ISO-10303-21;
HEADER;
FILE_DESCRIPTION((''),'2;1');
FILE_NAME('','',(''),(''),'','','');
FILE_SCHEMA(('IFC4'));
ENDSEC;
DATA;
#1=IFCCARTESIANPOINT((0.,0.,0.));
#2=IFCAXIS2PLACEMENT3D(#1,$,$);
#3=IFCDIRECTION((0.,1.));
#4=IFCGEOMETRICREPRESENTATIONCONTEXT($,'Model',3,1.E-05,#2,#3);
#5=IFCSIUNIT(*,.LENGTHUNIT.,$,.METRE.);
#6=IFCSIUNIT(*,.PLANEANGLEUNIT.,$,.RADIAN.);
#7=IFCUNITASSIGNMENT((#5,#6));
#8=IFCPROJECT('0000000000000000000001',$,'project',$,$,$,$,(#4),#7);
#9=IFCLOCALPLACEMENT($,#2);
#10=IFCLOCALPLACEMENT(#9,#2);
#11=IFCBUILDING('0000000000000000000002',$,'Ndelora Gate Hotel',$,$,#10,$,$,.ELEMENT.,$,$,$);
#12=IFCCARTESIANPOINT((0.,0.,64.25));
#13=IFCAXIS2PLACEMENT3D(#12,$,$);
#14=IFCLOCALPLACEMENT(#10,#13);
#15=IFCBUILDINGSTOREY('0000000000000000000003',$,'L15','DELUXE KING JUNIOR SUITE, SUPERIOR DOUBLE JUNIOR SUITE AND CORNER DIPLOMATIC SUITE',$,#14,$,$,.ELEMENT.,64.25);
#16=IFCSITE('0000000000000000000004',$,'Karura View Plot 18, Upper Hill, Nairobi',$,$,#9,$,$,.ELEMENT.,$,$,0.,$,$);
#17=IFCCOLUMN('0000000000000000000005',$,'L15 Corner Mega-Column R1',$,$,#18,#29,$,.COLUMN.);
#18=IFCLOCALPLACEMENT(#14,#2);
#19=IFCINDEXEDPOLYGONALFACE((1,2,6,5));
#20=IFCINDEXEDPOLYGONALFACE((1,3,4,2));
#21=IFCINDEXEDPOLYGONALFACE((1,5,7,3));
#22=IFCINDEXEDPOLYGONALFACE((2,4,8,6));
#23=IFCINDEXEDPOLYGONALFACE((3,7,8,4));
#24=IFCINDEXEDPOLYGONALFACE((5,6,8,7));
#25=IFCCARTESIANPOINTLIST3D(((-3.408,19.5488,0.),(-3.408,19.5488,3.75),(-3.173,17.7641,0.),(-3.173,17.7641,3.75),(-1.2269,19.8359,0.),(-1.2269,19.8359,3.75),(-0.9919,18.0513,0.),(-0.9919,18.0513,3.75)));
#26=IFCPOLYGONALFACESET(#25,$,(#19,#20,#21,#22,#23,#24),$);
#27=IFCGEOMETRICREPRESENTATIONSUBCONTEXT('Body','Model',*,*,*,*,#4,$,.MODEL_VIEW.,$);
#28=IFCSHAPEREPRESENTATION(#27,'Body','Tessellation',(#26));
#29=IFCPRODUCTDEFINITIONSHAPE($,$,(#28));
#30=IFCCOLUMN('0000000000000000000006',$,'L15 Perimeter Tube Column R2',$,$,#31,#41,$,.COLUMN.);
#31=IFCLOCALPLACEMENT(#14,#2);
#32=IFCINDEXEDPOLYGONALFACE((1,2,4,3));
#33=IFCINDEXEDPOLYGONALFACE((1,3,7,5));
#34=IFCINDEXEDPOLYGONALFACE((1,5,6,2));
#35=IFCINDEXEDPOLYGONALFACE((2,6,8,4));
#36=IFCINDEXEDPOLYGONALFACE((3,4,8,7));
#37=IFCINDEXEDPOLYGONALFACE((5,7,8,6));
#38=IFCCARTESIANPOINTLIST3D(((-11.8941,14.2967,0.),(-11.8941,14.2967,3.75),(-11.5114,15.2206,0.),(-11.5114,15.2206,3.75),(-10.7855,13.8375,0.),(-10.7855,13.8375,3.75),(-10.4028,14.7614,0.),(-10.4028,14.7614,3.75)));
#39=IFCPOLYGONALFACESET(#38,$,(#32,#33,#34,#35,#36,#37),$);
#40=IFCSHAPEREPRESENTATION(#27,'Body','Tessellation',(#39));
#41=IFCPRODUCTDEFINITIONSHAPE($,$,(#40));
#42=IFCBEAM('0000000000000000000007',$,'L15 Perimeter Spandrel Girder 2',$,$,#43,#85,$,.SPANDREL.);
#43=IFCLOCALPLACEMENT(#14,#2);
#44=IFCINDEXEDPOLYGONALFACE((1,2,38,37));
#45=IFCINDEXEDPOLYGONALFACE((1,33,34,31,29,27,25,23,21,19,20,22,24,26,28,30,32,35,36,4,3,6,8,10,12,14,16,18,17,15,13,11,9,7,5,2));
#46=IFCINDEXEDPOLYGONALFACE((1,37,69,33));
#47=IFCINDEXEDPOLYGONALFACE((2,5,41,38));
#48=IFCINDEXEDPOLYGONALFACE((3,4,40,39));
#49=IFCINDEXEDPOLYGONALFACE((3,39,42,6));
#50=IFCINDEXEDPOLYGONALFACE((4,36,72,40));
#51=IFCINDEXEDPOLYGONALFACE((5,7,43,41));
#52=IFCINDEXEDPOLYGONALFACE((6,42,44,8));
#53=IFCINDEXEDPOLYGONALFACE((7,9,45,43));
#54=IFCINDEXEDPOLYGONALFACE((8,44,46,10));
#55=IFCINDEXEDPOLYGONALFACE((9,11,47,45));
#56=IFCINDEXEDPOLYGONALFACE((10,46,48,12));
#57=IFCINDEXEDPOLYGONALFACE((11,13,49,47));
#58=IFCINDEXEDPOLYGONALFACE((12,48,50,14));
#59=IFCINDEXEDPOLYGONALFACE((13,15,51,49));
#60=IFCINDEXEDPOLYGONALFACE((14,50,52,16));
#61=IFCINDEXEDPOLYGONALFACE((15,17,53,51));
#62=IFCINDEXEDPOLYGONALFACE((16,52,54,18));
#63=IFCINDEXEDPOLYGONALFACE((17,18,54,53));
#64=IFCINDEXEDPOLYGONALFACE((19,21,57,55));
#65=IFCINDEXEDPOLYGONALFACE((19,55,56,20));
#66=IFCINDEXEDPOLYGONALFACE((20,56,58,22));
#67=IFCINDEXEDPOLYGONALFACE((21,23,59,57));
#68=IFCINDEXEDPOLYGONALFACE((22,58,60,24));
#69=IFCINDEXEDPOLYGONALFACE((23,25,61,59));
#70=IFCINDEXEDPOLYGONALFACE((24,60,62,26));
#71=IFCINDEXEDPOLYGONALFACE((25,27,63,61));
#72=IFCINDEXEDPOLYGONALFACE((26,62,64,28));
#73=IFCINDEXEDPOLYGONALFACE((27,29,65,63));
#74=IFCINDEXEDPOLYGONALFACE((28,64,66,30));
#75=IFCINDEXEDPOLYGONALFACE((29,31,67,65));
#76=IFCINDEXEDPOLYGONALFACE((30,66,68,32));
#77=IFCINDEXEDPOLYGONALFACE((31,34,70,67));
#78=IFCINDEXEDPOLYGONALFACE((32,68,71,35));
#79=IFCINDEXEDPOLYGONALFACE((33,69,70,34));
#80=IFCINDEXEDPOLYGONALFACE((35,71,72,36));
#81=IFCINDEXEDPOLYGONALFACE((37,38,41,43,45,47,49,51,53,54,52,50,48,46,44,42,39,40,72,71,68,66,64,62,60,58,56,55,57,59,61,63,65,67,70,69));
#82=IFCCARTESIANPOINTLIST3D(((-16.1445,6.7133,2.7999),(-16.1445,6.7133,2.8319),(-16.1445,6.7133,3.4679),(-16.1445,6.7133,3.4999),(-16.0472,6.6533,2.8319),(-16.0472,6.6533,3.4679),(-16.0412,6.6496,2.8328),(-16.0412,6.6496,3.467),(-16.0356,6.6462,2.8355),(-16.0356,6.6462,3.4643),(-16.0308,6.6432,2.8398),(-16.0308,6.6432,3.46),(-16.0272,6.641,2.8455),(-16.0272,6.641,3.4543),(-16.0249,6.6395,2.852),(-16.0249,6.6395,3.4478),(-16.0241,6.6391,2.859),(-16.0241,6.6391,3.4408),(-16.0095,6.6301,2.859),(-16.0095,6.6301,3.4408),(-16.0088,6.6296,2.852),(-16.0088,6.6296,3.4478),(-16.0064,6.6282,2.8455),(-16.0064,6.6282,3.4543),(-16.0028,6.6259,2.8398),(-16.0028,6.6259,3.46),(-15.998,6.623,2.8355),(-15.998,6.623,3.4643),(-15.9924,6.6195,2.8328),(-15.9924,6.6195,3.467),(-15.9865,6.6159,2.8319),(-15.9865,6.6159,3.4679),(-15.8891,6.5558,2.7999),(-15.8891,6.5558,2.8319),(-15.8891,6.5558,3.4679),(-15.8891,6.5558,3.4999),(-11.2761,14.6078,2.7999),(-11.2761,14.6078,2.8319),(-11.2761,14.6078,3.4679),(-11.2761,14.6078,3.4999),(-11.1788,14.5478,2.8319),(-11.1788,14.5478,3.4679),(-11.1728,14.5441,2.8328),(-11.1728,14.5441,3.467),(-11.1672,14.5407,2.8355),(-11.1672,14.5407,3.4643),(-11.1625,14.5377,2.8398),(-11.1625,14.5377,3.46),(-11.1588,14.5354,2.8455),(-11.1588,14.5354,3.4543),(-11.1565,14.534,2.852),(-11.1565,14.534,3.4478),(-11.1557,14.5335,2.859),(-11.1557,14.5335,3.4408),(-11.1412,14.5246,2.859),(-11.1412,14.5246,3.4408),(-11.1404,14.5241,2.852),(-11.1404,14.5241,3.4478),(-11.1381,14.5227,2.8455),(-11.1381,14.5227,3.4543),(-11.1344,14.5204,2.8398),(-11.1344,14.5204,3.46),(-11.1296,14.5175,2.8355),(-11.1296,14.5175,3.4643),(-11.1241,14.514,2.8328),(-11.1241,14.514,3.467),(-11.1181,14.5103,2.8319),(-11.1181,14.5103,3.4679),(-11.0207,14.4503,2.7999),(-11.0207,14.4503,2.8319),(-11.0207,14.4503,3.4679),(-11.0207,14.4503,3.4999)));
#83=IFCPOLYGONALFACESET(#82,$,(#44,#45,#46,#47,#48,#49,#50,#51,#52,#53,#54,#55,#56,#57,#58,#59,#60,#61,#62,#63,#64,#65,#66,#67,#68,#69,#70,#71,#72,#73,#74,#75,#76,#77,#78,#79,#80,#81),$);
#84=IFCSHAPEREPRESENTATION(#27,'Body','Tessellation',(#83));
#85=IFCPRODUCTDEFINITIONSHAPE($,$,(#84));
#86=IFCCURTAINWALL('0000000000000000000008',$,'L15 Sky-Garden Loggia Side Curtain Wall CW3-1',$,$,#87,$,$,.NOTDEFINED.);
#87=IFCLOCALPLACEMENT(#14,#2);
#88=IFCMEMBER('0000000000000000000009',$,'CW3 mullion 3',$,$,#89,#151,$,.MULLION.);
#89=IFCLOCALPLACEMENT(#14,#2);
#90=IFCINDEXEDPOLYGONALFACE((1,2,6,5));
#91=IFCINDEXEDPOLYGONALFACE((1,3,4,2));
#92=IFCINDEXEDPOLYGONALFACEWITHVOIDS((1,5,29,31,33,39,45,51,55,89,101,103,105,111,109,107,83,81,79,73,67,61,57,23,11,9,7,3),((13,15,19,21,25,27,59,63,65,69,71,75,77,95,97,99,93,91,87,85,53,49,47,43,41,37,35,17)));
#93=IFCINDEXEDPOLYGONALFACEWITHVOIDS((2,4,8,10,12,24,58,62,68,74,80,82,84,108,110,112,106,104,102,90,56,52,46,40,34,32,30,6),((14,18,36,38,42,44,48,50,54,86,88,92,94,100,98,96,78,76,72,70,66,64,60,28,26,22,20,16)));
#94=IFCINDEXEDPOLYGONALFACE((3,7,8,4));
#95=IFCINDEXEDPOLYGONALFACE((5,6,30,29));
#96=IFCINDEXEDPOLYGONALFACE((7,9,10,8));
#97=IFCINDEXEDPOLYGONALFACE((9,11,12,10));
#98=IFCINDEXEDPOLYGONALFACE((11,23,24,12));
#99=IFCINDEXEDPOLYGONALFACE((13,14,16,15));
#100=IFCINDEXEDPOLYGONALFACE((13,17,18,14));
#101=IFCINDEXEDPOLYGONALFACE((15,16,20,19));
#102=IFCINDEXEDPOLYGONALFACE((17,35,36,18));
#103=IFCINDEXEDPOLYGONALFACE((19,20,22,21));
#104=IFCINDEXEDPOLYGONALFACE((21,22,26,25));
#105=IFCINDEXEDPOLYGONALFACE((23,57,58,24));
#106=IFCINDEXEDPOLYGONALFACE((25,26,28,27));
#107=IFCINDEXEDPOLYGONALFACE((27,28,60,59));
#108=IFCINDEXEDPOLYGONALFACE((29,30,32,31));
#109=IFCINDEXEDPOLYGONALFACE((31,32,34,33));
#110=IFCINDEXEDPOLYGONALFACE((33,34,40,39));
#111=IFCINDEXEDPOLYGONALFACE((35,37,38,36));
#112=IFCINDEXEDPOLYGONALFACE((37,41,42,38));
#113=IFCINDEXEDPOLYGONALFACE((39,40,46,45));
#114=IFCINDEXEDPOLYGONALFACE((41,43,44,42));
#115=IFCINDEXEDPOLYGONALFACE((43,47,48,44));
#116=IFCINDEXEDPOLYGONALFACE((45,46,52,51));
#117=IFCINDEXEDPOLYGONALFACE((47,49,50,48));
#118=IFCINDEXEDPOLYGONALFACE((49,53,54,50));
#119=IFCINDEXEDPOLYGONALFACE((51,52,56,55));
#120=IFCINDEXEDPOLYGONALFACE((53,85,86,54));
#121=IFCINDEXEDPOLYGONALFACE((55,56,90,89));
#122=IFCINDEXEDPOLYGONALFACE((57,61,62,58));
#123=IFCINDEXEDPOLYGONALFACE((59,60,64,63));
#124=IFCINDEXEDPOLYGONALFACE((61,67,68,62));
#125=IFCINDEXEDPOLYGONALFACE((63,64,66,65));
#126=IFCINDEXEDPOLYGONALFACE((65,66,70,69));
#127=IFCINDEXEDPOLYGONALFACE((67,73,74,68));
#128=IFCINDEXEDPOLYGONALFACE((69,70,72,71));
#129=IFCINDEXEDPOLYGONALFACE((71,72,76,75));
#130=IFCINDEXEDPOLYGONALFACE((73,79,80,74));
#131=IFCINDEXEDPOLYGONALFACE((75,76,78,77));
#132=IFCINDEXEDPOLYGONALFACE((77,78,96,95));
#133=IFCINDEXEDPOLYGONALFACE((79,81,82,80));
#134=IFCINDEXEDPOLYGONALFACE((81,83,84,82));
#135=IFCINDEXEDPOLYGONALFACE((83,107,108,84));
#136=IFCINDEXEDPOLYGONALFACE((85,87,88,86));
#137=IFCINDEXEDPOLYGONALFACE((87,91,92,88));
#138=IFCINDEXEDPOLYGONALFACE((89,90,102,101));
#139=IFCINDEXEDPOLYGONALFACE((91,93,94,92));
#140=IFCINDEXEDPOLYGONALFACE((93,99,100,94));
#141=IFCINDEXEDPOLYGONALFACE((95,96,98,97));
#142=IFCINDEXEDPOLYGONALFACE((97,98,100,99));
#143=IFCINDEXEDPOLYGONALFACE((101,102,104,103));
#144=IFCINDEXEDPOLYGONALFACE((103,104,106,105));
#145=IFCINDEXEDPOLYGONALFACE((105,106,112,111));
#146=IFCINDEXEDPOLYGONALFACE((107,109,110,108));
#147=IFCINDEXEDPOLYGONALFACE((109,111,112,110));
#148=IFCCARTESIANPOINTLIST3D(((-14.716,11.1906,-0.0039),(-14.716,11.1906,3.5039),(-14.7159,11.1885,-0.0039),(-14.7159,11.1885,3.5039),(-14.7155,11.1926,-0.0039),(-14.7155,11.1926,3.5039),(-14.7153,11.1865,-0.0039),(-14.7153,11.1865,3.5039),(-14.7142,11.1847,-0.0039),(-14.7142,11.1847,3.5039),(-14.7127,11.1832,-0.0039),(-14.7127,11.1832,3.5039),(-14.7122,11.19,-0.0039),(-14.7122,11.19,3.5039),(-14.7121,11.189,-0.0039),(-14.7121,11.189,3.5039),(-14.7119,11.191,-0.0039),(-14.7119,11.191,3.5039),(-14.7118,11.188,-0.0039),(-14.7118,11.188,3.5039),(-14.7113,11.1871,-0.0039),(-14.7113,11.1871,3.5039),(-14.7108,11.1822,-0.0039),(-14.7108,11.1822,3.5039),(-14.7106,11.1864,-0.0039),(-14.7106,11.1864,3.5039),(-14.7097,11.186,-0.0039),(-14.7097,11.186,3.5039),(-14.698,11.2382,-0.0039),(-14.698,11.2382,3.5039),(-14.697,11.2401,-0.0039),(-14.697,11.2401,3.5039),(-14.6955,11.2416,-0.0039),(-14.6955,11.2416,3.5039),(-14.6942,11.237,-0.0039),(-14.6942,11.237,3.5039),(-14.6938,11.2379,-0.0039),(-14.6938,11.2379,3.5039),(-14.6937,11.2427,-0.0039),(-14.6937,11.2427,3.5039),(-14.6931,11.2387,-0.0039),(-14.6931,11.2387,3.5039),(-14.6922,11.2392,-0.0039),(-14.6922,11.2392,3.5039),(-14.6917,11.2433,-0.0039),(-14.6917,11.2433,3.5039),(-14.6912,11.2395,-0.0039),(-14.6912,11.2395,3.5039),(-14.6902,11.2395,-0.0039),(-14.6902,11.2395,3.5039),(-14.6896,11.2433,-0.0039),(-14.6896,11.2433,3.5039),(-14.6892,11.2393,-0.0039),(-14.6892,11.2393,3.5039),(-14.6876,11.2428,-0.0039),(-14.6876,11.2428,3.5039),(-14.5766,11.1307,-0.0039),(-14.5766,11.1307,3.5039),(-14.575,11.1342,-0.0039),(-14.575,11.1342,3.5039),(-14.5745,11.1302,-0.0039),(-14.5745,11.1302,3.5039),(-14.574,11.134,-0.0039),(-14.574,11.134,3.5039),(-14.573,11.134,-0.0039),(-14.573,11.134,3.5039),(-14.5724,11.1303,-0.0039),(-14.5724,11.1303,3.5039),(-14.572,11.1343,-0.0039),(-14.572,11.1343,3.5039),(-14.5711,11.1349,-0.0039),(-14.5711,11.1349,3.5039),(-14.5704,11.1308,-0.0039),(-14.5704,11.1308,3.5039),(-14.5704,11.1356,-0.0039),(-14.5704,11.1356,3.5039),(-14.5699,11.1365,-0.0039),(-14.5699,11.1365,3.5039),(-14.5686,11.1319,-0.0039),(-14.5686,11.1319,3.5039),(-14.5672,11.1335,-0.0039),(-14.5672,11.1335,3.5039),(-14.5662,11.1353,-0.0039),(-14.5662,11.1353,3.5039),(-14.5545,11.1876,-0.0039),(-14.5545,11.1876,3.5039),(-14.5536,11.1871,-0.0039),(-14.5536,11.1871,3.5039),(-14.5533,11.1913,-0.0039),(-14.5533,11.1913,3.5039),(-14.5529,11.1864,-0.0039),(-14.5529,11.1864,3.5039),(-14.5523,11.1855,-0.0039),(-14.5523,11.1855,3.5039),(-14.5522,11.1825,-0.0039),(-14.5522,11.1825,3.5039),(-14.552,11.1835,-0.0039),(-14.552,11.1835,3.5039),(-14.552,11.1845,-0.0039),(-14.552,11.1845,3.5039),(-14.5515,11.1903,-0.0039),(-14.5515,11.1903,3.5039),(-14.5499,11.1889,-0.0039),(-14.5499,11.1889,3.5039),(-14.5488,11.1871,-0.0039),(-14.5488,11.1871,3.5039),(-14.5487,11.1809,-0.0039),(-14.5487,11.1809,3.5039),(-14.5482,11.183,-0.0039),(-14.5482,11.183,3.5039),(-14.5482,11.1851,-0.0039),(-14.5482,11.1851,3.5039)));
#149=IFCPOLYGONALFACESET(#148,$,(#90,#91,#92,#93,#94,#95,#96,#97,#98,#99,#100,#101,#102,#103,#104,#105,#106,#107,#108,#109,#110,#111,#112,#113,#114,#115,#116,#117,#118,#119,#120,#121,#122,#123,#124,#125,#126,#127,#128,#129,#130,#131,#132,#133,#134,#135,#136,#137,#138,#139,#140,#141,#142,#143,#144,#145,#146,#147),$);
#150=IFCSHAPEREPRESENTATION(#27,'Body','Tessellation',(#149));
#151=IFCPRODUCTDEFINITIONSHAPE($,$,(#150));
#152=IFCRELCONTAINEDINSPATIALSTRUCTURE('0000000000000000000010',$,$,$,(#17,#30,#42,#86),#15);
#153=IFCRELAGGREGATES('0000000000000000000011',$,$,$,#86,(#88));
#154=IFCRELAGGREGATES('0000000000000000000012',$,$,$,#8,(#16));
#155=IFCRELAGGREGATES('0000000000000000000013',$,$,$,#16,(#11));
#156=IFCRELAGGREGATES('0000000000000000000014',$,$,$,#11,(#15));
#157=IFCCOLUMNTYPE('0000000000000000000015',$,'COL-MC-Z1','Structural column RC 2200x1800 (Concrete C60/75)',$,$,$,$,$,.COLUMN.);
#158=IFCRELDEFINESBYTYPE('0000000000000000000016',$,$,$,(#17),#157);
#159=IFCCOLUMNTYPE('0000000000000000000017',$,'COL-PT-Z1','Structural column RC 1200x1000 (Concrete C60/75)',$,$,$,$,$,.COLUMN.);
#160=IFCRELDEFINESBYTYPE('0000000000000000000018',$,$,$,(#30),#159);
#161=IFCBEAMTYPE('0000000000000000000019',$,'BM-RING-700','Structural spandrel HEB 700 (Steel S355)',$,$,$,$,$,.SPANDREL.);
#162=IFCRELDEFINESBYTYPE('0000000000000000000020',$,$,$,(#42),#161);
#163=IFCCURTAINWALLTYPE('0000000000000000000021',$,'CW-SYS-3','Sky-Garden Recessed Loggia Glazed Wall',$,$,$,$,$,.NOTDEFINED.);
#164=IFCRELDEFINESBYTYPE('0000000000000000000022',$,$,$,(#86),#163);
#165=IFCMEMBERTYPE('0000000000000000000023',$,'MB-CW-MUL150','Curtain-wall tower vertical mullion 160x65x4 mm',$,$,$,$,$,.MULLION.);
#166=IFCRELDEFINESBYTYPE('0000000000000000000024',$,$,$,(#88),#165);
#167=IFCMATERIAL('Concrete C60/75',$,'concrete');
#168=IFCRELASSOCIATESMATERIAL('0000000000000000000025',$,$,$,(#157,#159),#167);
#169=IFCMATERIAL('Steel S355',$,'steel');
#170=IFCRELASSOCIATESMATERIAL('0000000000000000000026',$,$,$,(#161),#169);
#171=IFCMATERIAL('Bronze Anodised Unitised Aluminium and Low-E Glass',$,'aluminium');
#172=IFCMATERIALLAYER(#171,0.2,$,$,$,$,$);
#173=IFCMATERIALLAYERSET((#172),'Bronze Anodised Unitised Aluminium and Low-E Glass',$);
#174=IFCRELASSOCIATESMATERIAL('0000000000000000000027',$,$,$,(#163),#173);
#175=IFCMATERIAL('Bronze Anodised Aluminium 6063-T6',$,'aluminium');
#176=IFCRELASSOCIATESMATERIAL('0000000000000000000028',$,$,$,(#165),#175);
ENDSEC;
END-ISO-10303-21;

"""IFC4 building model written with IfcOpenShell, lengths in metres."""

from ifc_helpers import new_model, si_unit, direction, frame, origin, origin_2d, place, context, subcontext, project, spatial, rectangle, hollow_rectangle, i_section, extrude, material, layer, layer_set, material_profile, profile_set, type_object, element, aggregate, save


model = new_model("IFC4")

# Units and contexts
model_context = context("Model", 3, precision=1e-05, world=origin(), true_north=direction((0.0, 1.0)))
body_context = subcontext(model_context, "Body", "Model", "MODEL_VIEW")
ifc_project = project(units=[si_unit("LENGTHUNIT", "METRE"), si_unit("PLANEANGLEUNIT", "RADIAN")], contexts=[model_context])

# Site, building, storey
site_placement = place(None, origin())
site = spatial("IfcSite", under=ifc_project, at=site_placement, Name="Karura View Plot 18, Upper Hill, Nairobi", CompositionType="ELEMENT", RefElevation=0.0)
building_placement = place(site_placement, origin())
building = spatial("IfcBuilding", under=site, at=building_placement, Name="Ndelora Gate Hotel", CompositionType="ELEMENT")
storey_placement = place(building_placement, frame((0.0, 0.0, 64.25)))
storey = spatial("IfcBuildingStorey", under=building, at=storey_placement, Name="L15", Description="DELUXE KING JUNIOR SUITE, SUPERIOR DOUBLE JUNIOR SUITE AND CORNER DIPLOMATIC SUITE", CompositionType="ELEMENT", Elevation=64.25)

# Columns
ifc_material_1 = material(Name="Concrete C60/75", Category="concrete")
ifc_material_profile_1 = material_profile(ifc_material_1, rectangle(XDim=1.8, YDim=2.2, at=origin_2d()), Name="RC 2200x1800")
ifc_profile_set_1 = profile_set([ifc_material_profile_1], Name="Concrete C60/75")
column_type_1 = type_object("IfcColumnType", Name="COL-MC-Z1", Description="Structural column RC 2200x1800 (Concrete C60/75)", PredefinedType="COLUMN", material=ifc_profile_set_1)
column_1_placement = place(storey_placement, frame((-2.2, 18.8, 0.0), z_axis=(0.0, 0.0, 1.0), x_axis=(-0.130526, 0.991445, 0.0)))
element("IfcColumn", 1, at=column_1_placement, inside=storey, type_object=column_type_1, Name="L15 Corner Mega-Column R1", PredefinedType="COLUMN", context=body_context, shape_type="SweptSolid", body=[
    extrude(rectangle(XDim=1.8, YDim=2.2, at=origin_2d()), origin(), (0.0, 0.0, 1.0), 3.75),
])
ifc_material_profile_2 = material_profile(ifc_material_1, rectangle(XDim=1.0, YDim=1.2, at=origin_2d()), Name="RC 1200x1000")
ifc_profile_set_2 = profile_set([ifc_material_profile_2], Name="Concrete C60/75")
column_type_2 = type_object("IfcColumnType", Name="COL-PT-Z1", Description="Structural column RC 1200x1000 (Concrete C60/75)", PredefinedType="COLUMN", material=ifc_profile_set_2)
column_2_placement = place(storey_placement, frame((-11.1484, 14.5291, 0.0), z_axis=(0.0, 0.0, 1.0), x_axis=(0.382683, 0.92388, 0.0)))
element("IfcColumn", 2, at=column_2_placement, inside=storey, type_object=column_type_2, Name="L15 Perimeter Tube Column R2", PredefinedType="COLUMN", context=body_context, shape_type="SweptSolid", body=[
    extrude(rectangle(XDim=1.0, YDim=1.2, at=origin_2d()), origin(), (0.0, 0.0, 1.0), 3.75),
])

# Beam
ifc_material_2 = material(Name="Steel S355", Category="steel")
ifc_material_profile_3 = material_profile(ifc_material_2, i_section(OverallWidth=0.3, OverallDepth=0.7, WebThickness=0.0171, FlangeThickness=0.032, FilletRadius=0.0271, at=origin_2d()), Name="HEB 700")
ifc_profile_set_3 = profile_set([ifc_material_profile_3], Name="Steel S355")
beam_type = type_object("IfcBeamType", Name="BM-RING-700", Description="Structural spandrel HEB 700 (Steel S355)", PredefinedType="SPANDREL", material=ifc_profile_set_3)
beam_placement = place(storey_placement, frame((-11.1484, 14.5291, 3.1499), z_axis=(-0.524898, -0.851165, 0.0), x_axis=(0.851165, -0.524898, 0.0)))
element("IfcBeam", 3, at=beam_placement, inside=storey, type_object=beam_type, Name="L15 Perimeter Spandrel Girder 2", PredefinedType="SPANDREL", context=body_context, shape_type="SweptSolid", body=[
    extrude(i_section(OverallWidth=0.3, OverallDepth=0.7, WebThickness=0.0171, FlangeThickness=0.032, FilletRadius=0.0271, at=origin_2d()), origin(), (0.0, 0.0, 1.0), 9.2749),
])

# Curtain wall, member
ifc_material_3 = material(Name="Bronze Anodised Unitised Aluminium and Low-E Glass", Category="aluminium")
ifc_layer_1 = layer(ifc_material_3, 0.2)
ifc_layer_set_1 = layer_set([ifc_layer_1], Name="Bronze Anodised Unitised Aluminium and Low-E Glass")
curtain_wall_type = type_object("IfcCurtainWallType", Name="CW-SYS-3", Description="Sky-Garden Recessed Loggia Glazed Wall", PredefinedType="NOTDEFINED", material=ifc_layer_set_1)
curtain_wall_placement = place(storey_placement, origin())
curtain_wall = element("IfcCurtainWall", 4, at=curtain_wall_placement, inside=storey, type_object=curtain_wall_type, Name="L15 Sky-Garden Loggia Side Curtain Wall CW3-1", PredefinedType="NOTDEFINED")
ifc_material_4 = material(Name="Bronze Anodised Aluminium 6063-T6", Category="aluminium")
ifc_material_profile_4 = material_profile(ifc_material_4, hollow_rectangle(XDim=0.0649, YDim=0.1599, WallThickness=0.0039, InnerFilletRadius=0.0039, OuterFilletRadius=0.0081, at=origin_2d()), Name="ALU 160x65x4")
ifc_profile_set_4 = profile_set([ifc_material_profile_4], Name="Bronze Anodised Aluminium 6063-T6")
member_type_1 = type_object("IfcMemberType", Name="MB-CW-MUL150", Description="Curtain-wall tower vertical mullion 160x65x4 mm", PredefinedType="MULLION", material=ifc_profile_set_4)
member_1_placement = place(storey_placement, frame((-14.6321, 11.1868, -0.0039), z_axis=(0.0, 0.0, 1.0), x_axis=(-0.358361, -0.933583, 0.0)))
member_1 = element("IfcMember", 5, at=member_1_placement, type_object=member_type_1, Name="CW3 mullion 3", PredefinedType="MULLION", context=body_context, shape_type="SweptSolid", body=[
    extrude(hollow_rectangle(XDim=0.0649, YDim=0.1599, WallThickness=0.0039, InnerFilletRadius=0.0039, OuterFilletRadius=0.0081, at=origin_2d()), origin(), (0.0, 0.0, 1.0), 3.5078),
])
aggregate(curtain_wall, [member_1])

save(model, "model.ifc")
